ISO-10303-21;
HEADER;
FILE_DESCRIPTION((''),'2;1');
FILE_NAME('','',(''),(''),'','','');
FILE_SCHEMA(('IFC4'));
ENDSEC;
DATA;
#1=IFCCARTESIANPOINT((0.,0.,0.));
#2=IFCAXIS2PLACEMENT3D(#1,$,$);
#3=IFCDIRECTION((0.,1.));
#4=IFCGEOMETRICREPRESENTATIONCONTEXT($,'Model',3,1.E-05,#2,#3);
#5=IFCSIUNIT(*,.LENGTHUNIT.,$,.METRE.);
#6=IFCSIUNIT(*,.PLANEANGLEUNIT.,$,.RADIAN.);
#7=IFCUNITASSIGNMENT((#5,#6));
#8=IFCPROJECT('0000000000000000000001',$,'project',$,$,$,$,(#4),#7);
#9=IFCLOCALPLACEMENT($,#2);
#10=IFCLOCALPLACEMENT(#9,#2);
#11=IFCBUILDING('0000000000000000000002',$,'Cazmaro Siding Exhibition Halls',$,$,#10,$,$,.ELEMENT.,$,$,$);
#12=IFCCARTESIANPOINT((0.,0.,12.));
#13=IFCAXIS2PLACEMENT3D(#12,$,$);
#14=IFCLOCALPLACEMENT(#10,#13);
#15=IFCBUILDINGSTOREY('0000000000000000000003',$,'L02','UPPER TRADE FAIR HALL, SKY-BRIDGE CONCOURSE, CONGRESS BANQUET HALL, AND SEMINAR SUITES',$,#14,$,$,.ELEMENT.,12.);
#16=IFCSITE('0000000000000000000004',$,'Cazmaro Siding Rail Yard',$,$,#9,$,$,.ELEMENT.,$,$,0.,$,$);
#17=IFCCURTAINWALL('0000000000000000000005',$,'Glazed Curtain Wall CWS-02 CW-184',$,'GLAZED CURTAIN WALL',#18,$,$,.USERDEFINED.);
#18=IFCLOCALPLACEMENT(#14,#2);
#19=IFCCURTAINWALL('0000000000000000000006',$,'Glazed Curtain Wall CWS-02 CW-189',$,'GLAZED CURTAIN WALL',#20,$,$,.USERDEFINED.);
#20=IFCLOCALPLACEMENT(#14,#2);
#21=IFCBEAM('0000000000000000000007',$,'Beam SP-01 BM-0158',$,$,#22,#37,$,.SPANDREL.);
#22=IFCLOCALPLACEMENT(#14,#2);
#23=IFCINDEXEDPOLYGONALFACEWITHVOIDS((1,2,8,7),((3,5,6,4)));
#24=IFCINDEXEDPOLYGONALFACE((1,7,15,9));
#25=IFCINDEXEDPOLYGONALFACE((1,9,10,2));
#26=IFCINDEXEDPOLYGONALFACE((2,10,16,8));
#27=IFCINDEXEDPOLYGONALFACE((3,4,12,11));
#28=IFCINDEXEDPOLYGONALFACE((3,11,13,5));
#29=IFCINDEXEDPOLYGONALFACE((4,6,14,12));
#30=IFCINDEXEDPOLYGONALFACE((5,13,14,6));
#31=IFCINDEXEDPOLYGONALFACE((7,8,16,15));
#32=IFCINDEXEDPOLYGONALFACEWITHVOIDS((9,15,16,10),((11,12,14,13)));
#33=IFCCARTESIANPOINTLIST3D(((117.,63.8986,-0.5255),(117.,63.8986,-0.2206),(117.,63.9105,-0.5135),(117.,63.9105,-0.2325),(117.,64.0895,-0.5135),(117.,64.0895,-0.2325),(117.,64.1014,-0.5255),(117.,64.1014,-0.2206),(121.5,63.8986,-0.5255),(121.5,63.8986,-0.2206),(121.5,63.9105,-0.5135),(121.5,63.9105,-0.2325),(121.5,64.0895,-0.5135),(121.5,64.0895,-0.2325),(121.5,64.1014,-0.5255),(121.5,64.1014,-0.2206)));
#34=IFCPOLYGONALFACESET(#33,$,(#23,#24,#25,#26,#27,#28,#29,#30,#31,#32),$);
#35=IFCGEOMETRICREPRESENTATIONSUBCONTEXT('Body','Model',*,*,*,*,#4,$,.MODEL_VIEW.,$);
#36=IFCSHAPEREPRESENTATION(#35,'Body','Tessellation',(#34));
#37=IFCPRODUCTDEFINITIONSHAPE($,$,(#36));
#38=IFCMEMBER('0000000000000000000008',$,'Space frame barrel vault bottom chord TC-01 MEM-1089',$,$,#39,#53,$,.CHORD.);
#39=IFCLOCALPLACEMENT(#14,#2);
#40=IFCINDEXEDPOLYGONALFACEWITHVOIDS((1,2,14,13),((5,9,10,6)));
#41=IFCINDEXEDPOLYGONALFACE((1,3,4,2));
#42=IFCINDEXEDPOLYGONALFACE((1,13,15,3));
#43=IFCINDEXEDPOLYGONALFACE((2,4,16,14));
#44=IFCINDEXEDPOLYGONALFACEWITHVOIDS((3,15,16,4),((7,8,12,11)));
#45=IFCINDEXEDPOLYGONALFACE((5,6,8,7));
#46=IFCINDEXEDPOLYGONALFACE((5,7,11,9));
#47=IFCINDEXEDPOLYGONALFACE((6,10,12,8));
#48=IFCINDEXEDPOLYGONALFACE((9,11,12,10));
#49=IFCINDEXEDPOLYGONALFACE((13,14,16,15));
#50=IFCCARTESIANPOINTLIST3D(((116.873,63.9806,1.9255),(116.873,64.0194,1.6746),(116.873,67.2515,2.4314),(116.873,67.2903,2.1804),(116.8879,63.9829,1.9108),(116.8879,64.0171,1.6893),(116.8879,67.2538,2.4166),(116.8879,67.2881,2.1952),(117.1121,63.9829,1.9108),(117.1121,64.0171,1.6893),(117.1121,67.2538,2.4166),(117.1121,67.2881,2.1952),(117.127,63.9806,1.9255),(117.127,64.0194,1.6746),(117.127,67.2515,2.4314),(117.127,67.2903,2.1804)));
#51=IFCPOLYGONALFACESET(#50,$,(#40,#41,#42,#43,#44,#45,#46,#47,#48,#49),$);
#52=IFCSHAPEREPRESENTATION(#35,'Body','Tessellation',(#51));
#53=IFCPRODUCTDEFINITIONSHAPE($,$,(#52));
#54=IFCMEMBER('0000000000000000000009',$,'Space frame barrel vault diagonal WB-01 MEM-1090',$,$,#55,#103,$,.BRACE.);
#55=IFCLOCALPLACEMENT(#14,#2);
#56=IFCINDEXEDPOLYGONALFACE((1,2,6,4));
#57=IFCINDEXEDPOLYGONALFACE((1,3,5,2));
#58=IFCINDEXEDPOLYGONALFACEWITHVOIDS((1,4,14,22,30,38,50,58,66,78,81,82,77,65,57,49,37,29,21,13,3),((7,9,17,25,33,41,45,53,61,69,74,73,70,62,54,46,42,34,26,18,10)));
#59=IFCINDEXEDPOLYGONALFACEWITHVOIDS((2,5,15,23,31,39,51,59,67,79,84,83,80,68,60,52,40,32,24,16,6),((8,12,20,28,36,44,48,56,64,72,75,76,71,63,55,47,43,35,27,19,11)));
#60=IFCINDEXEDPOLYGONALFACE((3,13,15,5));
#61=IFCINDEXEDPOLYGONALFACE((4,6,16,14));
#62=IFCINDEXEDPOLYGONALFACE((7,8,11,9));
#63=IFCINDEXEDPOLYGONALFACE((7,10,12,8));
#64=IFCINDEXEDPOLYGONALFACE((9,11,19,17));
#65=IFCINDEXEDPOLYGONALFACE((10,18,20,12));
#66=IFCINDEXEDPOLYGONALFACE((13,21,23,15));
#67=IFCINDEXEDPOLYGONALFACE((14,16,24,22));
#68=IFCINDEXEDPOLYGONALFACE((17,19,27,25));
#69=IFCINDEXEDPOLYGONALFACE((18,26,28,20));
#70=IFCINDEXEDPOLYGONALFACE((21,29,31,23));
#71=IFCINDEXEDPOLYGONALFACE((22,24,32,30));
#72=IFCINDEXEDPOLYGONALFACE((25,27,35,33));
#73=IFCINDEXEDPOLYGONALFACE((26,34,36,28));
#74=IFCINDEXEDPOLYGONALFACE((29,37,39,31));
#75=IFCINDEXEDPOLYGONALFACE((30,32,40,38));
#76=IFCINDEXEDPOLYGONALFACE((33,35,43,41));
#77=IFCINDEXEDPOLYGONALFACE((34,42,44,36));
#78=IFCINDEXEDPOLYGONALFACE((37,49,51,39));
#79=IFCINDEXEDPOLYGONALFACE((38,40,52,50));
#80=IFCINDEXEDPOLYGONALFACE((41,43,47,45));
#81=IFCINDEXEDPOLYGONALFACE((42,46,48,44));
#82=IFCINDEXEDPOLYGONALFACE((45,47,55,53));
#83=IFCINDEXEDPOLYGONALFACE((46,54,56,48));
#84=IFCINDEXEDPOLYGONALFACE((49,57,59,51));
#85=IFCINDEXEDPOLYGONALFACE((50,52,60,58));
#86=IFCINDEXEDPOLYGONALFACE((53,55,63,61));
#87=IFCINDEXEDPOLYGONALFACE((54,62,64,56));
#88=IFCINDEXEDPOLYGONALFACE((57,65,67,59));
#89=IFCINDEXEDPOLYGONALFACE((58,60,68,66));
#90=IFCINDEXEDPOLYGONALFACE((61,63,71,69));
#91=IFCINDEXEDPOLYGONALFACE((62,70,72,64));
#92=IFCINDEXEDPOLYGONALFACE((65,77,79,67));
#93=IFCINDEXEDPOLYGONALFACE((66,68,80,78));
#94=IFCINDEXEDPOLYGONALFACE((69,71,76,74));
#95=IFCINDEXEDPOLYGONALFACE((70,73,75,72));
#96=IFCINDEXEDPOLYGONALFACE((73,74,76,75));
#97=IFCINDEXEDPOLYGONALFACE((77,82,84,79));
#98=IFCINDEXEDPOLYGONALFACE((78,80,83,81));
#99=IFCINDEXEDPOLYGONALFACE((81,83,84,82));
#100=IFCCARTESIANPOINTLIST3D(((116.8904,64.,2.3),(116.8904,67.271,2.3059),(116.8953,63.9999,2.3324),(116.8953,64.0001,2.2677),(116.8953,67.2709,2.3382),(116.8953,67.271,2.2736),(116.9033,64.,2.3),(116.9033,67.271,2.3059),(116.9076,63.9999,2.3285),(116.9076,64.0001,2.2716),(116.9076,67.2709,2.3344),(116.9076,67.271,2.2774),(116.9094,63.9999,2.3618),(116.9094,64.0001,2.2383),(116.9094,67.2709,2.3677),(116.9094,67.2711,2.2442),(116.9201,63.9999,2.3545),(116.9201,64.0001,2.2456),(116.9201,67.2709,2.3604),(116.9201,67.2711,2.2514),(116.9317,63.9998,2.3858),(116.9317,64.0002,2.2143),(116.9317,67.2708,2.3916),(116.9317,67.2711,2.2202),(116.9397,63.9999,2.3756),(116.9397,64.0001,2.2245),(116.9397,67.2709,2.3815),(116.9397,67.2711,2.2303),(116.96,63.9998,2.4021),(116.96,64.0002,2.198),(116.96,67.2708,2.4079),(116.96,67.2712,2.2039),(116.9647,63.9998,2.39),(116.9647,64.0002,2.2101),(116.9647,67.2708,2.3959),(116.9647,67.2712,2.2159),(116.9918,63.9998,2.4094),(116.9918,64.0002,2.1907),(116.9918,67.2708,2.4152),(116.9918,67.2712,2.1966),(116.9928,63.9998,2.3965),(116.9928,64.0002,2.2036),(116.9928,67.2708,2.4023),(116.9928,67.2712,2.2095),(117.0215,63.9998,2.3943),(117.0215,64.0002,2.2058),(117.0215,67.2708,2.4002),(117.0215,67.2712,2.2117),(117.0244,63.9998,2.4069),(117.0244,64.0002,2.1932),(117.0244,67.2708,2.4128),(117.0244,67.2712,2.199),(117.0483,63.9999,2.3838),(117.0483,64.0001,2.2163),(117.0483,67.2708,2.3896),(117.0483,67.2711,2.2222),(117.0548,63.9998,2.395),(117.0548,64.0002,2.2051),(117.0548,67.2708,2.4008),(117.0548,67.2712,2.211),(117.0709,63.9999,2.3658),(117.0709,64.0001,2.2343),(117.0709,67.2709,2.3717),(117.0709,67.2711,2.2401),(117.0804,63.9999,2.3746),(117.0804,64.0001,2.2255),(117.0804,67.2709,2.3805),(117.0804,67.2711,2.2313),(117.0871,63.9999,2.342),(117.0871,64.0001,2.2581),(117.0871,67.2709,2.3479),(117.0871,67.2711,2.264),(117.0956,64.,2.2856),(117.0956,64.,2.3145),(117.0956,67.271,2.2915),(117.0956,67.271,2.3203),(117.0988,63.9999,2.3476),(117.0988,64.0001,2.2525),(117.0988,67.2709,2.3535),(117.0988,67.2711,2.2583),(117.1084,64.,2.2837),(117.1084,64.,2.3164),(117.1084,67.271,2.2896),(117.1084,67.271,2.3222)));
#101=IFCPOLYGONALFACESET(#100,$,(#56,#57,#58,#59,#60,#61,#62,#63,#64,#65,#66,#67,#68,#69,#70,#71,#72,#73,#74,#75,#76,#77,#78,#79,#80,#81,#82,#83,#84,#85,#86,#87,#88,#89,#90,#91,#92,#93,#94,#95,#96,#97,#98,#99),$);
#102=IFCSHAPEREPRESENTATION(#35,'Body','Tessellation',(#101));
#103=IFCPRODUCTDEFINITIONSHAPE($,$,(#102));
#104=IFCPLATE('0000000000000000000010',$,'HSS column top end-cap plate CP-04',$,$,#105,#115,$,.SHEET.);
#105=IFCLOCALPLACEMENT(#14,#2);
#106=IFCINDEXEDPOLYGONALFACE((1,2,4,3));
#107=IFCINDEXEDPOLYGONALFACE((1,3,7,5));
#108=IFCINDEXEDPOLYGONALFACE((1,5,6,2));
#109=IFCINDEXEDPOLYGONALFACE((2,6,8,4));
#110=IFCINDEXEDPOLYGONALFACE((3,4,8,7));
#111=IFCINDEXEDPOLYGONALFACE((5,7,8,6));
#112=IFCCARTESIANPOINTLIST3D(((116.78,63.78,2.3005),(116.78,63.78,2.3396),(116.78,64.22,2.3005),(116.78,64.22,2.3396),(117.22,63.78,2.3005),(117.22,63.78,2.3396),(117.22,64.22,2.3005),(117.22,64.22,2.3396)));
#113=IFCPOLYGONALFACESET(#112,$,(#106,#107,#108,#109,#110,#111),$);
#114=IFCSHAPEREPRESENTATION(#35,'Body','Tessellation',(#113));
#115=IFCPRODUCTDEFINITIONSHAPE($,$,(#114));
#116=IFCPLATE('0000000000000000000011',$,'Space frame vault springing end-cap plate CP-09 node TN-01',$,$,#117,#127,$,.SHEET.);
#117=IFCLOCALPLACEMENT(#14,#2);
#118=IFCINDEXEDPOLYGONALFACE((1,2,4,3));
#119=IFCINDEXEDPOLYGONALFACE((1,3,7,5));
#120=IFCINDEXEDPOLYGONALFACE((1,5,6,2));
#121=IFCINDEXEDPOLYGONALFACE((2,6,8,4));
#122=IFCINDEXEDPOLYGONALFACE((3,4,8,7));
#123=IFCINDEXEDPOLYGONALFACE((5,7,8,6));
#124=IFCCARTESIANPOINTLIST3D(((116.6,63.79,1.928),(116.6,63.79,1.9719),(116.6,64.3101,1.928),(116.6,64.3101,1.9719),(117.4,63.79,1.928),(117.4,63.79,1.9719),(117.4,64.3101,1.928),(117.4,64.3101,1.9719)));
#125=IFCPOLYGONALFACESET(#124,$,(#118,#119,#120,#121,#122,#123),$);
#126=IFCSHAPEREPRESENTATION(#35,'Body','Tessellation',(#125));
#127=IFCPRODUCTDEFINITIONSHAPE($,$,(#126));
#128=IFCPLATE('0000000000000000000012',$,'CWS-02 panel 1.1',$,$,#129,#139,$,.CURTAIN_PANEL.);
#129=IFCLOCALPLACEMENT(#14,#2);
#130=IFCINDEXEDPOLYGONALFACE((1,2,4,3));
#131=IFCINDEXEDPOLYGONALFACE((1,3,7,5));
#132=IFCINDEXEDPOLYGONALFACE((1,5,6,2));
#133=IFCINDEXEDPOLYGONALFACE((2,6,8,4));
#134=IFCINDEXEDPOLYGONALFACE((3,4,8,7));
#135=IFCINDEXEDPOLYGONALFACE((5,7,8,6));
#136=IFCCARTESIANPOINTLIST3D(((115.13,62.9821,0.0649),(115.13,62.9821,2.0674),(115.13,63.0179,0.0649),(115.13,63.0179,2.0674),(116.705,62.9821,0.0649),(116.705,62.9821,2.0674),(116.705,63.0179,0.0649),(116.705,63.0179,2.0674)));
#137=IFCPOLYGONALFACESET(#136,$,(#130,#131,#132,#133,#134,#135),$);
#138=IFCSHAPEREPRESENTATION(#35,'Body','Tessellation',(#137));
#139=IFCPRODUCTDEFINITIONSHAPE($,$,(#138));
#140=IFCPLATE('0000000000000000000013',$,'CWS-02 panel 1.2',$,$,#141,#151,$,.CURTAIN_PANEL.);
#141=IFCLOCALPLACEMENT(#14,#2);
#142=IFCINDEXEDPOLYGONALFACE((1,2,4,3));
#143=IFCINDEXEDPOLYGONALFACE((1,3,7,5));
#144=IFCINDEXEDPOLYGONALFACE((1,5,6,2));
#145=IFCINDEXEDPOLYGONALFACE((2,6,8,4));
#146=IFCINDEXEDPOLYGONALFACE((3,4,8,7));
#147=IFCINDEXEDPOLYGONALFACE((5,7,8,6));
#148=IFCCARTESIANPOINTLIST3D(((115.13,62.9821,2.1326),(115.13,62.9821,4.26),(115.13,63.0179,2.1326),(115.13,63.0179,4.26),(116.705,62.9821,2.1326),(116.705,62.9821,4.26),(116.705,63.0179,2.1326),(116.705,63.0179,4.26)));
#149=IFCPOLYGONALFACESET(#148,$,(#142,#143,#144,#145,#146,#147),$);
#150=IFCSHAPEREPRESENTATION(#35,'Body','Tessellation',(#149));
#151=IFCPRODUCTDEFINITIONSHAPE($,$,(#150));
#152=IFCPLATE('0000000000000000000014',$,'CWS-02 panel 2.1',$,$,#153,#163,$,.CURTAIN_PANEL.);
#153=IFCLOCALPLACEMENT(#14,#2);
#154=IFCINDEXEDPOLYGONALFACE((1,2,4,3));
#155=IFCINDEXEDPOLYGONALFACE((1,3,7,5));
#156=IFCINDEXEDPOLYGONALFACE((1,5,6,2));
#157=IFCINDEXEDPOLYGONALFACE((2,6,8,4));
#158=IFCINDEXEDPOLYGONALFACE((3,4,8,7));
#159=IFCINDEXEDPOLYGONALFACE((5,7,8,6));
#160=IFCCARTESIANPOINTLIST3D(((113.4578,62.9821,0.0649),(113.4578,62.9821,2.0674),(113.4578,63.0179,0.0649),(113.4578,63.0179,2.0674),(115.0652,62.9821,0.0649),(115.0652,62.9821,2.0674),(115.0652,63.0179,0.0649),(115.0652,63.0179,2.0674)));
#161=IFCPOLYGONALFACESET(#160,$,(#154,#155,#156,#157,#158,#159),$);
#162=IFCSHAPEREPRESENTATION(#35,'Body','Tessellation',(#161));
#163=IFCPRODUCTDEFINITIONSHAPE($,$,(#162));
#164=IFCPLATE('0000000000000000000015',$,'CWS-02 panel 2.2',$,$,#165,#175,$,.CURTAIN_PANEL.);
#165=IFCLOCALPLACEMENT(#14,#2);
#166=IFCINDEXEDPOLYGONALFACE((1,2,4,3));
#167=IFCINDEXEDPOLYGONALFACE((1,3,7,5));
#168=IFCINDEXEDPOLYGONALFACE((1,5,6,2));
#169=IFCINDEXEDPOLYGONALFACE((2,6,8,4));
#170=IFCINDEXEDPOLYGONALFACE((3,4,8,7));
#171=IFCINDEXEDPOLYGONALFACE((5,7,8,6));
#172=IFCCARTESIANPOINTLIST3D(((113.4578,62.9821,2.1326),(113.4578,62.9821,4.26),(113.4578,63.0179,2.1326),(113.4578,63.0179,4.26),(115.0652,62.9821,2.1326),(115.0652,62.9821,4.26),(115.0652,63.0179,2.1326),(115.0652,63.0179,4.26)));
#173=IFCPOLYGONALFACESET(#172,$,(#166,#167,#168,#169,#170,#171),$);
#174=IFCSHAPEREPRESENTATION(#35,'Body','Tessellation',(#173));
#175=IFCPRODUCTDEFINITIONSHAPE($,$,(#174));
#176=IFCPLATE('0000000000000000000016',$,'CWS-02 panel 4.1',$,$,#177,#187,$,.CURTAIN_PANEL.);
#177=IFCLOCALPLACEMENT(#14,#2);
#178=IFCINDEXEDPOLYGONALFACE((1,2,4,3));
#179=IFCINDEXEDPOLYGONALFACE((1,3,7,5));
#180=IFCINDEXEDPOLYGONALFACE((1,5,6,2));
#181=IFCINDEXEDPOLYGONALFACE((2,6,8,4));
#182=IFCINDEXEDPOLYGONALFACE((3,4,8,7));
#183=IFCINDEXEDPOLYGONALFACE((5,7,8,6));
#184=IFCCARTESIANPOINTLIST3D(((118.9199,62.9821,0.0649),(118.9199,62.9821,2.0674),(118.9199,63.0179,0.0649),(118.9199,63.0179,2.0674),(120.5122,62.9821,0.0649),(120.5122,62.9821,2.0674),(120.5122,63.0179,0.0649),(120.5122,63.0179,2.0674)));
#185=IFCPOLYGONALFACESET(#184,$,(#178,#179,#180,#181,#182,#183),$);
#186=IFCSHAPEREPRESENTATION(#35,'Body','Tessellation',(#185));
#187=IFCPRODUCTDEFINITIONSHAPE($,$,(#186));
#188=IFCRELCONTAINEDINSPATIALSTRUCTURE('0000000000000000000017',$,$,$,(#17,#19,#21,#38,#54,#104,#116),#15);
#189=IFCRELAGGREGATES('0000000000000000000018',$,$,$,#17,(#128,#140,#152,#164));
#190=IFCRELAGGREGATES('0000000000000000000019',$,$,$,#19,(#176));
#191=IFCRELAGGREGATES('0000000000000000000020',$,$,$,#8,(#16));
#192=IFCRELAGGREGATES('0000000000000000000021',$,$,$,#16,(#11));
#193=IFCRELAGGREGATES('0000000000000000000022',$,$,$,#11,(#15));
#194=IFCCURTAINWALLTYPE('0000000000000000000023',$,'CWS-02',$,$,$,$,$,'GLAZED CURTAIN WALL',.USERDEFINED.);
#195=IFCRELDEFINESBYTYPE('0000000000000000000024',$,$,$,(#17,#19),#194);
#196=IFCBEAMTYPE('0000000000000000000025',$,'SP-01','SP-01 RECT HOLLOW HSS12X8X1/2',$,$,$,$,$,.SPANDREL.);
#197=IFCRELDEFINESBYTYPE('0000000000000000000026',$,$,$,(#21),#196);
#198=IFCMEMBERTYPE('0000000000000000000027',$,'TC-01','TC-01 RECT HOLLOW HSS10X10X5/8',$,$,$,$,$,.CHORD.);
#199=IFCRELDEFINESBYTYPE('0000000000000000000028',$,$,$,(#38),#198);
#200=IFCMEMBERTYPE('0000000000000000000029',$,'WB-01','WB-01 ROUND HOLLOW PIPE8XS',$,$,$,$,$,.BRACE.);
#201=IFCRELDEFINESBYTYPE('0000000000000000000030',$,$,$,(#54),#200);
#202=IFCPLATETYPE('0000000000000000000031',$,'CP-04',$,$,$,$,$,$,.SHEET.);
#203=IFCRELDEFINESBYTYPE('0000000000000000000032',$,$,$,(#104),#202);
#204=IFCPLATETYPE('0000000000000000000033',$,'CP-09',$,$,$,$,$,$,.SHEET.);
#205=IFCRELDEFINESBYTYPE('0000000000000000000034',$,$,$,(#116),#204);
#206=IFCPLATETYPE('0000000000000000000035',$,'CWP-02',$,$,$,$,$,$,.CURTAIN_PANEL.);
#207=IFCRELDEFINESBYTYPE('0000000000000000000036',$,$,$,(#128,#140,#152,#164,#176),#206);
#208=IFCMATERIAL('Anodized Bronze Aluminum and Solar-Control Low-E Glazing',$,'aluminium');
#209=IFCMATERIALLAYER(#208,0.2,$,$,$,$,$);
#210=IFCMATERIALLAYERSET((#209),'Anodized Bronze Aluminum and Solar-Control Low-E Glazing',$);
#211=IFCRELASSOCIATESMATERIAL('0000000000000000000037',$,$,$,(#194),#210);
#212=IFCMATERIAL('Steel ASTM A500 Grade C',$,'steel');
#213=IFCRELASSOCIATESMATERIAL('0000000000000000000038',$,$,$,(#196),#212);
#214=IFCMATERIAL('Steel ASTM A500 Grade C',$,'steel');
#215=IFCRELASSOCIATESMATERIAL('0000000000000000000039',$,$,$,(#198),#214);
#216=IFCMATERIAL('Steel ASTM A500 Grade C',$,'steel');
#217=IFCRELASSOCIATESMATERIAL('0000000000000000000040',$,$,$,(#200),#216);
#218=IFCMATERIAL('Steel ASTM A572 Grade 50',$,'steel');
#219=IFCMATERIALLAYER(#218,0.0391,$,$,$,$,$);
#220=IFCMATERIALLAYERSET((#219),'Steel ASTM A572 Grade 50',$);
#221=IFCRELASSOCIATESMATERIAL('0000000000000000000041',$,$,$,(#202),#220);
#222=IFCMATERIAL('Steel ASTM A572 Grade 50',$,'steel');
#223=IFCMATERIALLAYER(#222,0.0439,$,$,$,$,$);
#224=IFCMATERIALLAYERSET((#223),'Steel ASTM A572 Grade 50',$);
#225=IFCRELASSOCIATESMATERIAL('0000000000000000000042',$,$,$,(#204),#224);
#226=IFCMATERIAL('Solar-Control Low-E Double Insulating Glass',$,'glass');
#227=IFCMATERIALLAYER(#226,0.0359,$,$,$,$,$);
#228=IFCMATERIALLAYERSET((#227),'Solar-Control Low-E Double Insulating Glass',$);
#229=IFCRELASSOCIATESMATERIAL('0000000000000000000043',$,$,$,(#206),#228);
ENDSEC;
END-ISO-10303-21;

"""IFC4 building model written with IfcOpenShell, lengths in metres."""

from ifc_helpers import new_model, si_unit, direction, frame, origin, origin_2d, place, context, subcontext, project, spatial, rectangle, hollow_rectangle, hollow_circle, extrude, material, layer, layer_set, material_profile, profile_set, type_object, element, aggregate, save


model = new_model("IFC4")

# Units and contexts
model_context = context("Model", 3, precision=1e-05, world=origin(), true_north=direction((0.0, 1.0)))
body_context = subcontext(model_context, "Body", "Model", "MODEL_VIEW")
ifc_project = project(units=[si_unit("LENGTHUNIT", "METRE"), si_unit("PLANEANGLEUNIT", "RADIAN")], contexts=[model_context])

# Site, building, storey
site_placement = place(None, origin())
site = spatial("IfcSite", under=ifc_project, at=site_placement, Name="Cazmaro Siding Rail Yard", CompositionType="ELEMENT", RefElevation=0.0)
building_placement = place(site_placement, origin())
building = spatial("IfcBuilding", under=site, at=building_placement, Name="Cazmaro Siding Exhibition Halls", CompositionType="ELEMENT")
storey_placement = place(building_placement, frame((0.0, 0.0, 12.0)))
storey = spatial("IfcBuildingStorey", under=building, at=storey_placement, Name="L02", Description="UPPER TRADE FAIR HALL, SKY-BRIDGE CONCOURSE, CONGRESS BANQUET HALL, AND SEMINAR SUITES", CompositionType="ELEMENT", Elevation=12.0)

# Curtain walls
ifc_material_1 = material(Name="Anodized Bronze Aluminum and Solar-Control Low-E Glazing", Category="aluminium")
ifc_layer_1 = layer(ifc_material_1, 0.2)
ifc_layer_set_1 = layer_set([ifc_layer_1], Name="Anodized Bronze Aluminum and Solar-Control Low-E Glazing")
curtain_wall_type_1 = type_object("IfcCurtainWallType", Name="CWS-02", ElementType="GLAZED CURTAIN WALL", PredefinedType="USERDEFINED", material=ifc_layer_set_1)
curtain_wall_1_placement = place(storey_placement, origin())
curtain_wall_1 = element("IfcCurtainWall", 1, at=curtain_wall_1_placement, inside=storey, type_object=curtain_wall_type_1, Name="Glazed Curtain Wall CWS-02 CW-184", ObjectType="GLAZED CURTAIN WALL", PredefinedType="USERDEFINED")
curtain_wall_2_placement = place(storey_placement, origin())
curtain_wall_2 = element("IfcCurtainWall", 2, at=curtain_wall_2_placement, inside=storey, type_object=curtain_wall_type_1, Name="Glazed Curtain Wall CWS-02 CW-189", ObjectType="GLAZED CURTAIN WALL", PredefinedType="USERDEFINED")

# Beam
ifc_material_2 = material(Name="Steel ASTM A500 Grade C", Category="steel")
ifc_material_profile_1 = material_profile(ifc_material_2, hollow_rectangle(XDim=0.2029, YDim=0.3049, WallThickness=0.012, at=origin_2d()), Name="HSS12X8X1/2")
ifc_profile_set_1 = profile_set([ifc_material_profile_1], Name="Steel ASTM A500 Grade C")
beam_type_1 = type_object("IfcBeamType", Name="SP-01", Description="SP-01 RECT HOLLOW HSS12X8X1/2", PredefinedType="SPANDREL", material=ifc_profile_set_1)
beam_1_placement = place(storey_placement, frame((117.0, 64.0, -0.373), z_axis=(1.0, 0.0, 0.0), x_axis=(0.0, 1.0, 0.0)))
element("IfcBeam", 3, at=beam_1_placement, inside=storey, type_object=beam_type_1, Name="Beam SP-01 BM-0158", PredefinedType="SPANDREL", context=body_context, shape_type="SweptSolid", body=[
    extrude(hollow_rectangle(XDim=0.2029, YDim=0.3049, WallThickness=0.012, at=origin_2d()), origin(), (0.0, 0.0, 1.0), 4.5),
])

# Members
ifc_material_3 = material(Name="Steel ASTM A500 Grade C", Category="steel")
ifc_material_profile_2 = material_profile(ifc_material_3, hollow_rectangle(XDim=0.2539, YDim=0.2539, WallThickness=0.0149, at=origin_2d()), Name="HSS10X10X5/8")
ifc_profile_set_2 = profile_set([ifc_material_profile_2], Name="Steel ASTM A500 Grade C")
member_type_1 = type_object("IfcMemberType", Name="TC-01", Description="TC-01 RECT HOLLOW HSS10X10X5/8", PredefinedType="CHORD", material=ifc_profile_set_2)
member_1_placement = place(storey_placement, frame((117.0, 64.0, 1.8), z_axis=(0.0, 0.988252, 0.152833), x_axis=(-1.0, 0.0, 0.0)))
element("IfcMember", 4, at=member_1_placement, inside=storey, type_object=member_type_1, Name="Space frame barrel vault bottom chord TC-01 MEM-1089", PredefinedType="CHORD", context=body_context, shape_type="SweptSolid", body=[
    extrude(hollow_rectangle(XDim=0.2539, YDim=0.2539, WallThickness=0.0149, at=origin_2d()), origin(), (0.0, 0.0, 1.0), 3.3098),
])
ifc_material_4 = material(Name="Steel ASTM A500 Grade C", Category="steel")
ifc_material_profile_3 = material_profile(ifc_material_4, hollow_circle(Radius=0.1096, WallThickness=0.0129, at=origin_2d()), Name="PIPE8XS")
ifc_profile_set_3 = profile_set([ifc_material_profile_3], Name="Steel ASTM A500 Grade C")
member_type_2 = type_object("IfcMemberType", Name="WB-01", Description="WB-01 ROUND HOLLOW PIPE8XS", PredefinedType="BRACE", material=ifc_profile_set_3)
member_2_placement = place(storey_placement, frame((117.0, 64.0, 2.3), z_axis=(0.0, 0.999998, 0.001791), x_axis=(-1.0, 0.0, 0.0)))
element("IfcMember", 5, at=member_2_placement, inside=storey, type_object=member_type_2, Name="Space frame barrel vault diagonal WB-01 MEM-1090", PredefinedType="BRACE", context=body_context, shape_type="SweptSolid", body=[
    extrude(hollow_circle(Radius=0.1096, WallThickness=0.0129, at=origin_2d()), origin(), (0.0, 0.0, 1.0), 3.271),
])

# Plates
ifc_material_5 = material(Name="Steel ASTM A572 Grade 50", Category="steel")
ifc_layer_2 = layer(ifc_material_5, 0.0391)
ifc_layer_set_2 = layer_set([ifc_layer_2], Name="Steel ASTM A572 Grade 50")
plate_type_1 = type_object("IfcPlateType", Name="CP-04", PredefinedType="SHEET", material=ifc_layer_set_2)
plate_1_placement = place(storey_placement, frame((117.0, 64.0, 2.3005), z_axis=(0.0, 0.0, 1.0), x_axis=(1.0, 0.0, 0.0)))
element("IfcPlate", 6, at=plate_1_placement, inside=storey, type_object=plate_type_1, Name="HSS column top end-cap plate CP-04", PredefinedType="SHEET", context=body_context, shape_type="SweptSolid", body=[
    extrude(rectangle(XDim=0.4399, YDim=0.4399, at=origin_2d()), origin(), (0.0, 0.0, 1.0), 0.0391),
])
ifc_material_6 = material(Name="Steel ASTM A572 Grade 50", Category="steel")
ifc_layer_3 = layer(ifc_material_6, 0.0439)
ifc_layer_set_3 = layer_set([ifc_layer_3], Name="Steel ASTM A572 Grade 50")
plate_type_2 = type_object("IfcPlateType", Name="CP-09", PredefinedType="SHEET", material=ifc_layer_set_3)
plate_2_placement = place(storey_placement, frame((117.0, 64.05, 1.928), z_axis=(0.0, 0.0, 1.0), x_axis=(1.0, 0.0, 0.0)))
element("IfcPlate", 7, at=plate_2_placement, inside=storey, type_object=plate_type_2, Name="Space frame vault springing end-cap plate CP-09 node TN-01", PredefinedType="SHEET", context=body_context, shape_type="SweptSolid", body=[
    extrude(rectangle(XDim=0.8, YDim=0.52, at=origin_2d()), origin(), (0.0, 0.0, 1.0), 0.0439),
])

# Plates
ifc_material_7 = material(Name="Solar-Control Low-E Double Insulating Glass", Category="glass")
ifc_layer_4 = layer(ifc_material_7, 0.0359)
ifc_layer_set_4 = layer_set([ifc_layer_4], Name="Solar-Control Low-E Double Insulating Glass")
plate_type_3 = type_object("IfcPlateType", Name="CWP-02", PredefinedType="CURTAIN_PANEL", material=ifc_layer_set_4)
plate_3_placement = place(storey_placement, frame((115.9175, 63.0, 0.0649), z_axis=(0.0, 0.0, 1.0), x_axis=(-1.0, 0.0, 0.0)))
plate_3 = element("IfcPlate", 8, at=plate_3_placement, type_object=plate_type_3, Name="CWS-02 panel 1.1", PredefinedType="CURTAIN_PANEL", context=body_context, shape_type="SweptSolid", body=[
    extrude(rectangle(XDim=1.575, YDim=0.0359, at=origin_2d()), origin(), (0.0, 0.0, 1.0), 2.0024),
])
plate_4_placement = place(storey_placement, frame((115.9175, 63.0, 2.1326), z_axis=(0.0, 0.0, 1.0), x_axis=(-1.0, 0.0, 0.0)))
plate_4 = element("IfcPlate", 9, at=plate_4_placement, type_object=plate_type_3, Name="CWS-02 panel 1.2", PredefinedType="CURTAIN_PANEL", context=body_context, shape_type="SweptSolid", body=[
    extrude(rectangle(XDim=1.575, YDim=0.0359, at=origin_2d()), origin(), (0.0, 0.0, 1.0), 2.1274),
])
plate_5_placement = place(storey_placement, frame((114.2615, 63.0, 0.0649), z_axis=(0.0, 0.0, 1.0), x_axis=(-1.0, 0.0, 0.0)))
plate_5 = element("IfcPlate", 10, at=plate_5_placement, type_object=plate_type_3, Name="CWS-02 panel 2.1", PredefinedType="CURTAIN_PANEL", context=body_context, shape_type="SweptSolid", body=[
    extrude(rectangle(XDim=1.6074, YDim=0.0359, at=origin_2d()), origin(), (0.0, 0.0, 1.0), 2.0024),
])
plate_6_placement = place(storey_placement, frame((114.2615, 63.0, 2.1326), z_axis=(0.0, 0.0, 1.0), x_axis=(-1.0, 0.0, 0.0)))
plate_6 = element("IfcPlate", 11, at=plate_6_placement, type_object=plate_type_3, Name="CWS-02 panel 2.2", PredefinedType="CURTAIN_PANEL", context=body_context, shape_type="SweptSolid", body=[
    extrude(rectangle(XDim=1.6074, YDim=0.0359, at=origin_2d()), origin(), (0.0, 0.0, 1.0), 2.1274),
])
aggregate(curtain_wall_1, [plate_3, plate_4, plate_5, plate_6])
plate_7_placement = place(storey_placement, frame((119.7161, 63.0, 0.0649), z_axis=(0.0, 0.0, 1.0), x_axis=(-1.0, 0.0, 0.0)))
plate_7 = element("IfcPlate", 12, at=plate_7_placement, type_object=plate_type_3, Name="CWS-02 panel 4.1", PredefinedType="CURTAIN_PANEL", context=body_context, shape_type="SweptSolid", body=[
    extrude(rectangle(XDim=1.5923, YDim=0.0359, at=origin_2d()), origin(), (0.0, 0.0, 1.0), 2.0024),
])
aggregate(curtain_wall_2, [plate_7])

save(model, "model.ifc")
